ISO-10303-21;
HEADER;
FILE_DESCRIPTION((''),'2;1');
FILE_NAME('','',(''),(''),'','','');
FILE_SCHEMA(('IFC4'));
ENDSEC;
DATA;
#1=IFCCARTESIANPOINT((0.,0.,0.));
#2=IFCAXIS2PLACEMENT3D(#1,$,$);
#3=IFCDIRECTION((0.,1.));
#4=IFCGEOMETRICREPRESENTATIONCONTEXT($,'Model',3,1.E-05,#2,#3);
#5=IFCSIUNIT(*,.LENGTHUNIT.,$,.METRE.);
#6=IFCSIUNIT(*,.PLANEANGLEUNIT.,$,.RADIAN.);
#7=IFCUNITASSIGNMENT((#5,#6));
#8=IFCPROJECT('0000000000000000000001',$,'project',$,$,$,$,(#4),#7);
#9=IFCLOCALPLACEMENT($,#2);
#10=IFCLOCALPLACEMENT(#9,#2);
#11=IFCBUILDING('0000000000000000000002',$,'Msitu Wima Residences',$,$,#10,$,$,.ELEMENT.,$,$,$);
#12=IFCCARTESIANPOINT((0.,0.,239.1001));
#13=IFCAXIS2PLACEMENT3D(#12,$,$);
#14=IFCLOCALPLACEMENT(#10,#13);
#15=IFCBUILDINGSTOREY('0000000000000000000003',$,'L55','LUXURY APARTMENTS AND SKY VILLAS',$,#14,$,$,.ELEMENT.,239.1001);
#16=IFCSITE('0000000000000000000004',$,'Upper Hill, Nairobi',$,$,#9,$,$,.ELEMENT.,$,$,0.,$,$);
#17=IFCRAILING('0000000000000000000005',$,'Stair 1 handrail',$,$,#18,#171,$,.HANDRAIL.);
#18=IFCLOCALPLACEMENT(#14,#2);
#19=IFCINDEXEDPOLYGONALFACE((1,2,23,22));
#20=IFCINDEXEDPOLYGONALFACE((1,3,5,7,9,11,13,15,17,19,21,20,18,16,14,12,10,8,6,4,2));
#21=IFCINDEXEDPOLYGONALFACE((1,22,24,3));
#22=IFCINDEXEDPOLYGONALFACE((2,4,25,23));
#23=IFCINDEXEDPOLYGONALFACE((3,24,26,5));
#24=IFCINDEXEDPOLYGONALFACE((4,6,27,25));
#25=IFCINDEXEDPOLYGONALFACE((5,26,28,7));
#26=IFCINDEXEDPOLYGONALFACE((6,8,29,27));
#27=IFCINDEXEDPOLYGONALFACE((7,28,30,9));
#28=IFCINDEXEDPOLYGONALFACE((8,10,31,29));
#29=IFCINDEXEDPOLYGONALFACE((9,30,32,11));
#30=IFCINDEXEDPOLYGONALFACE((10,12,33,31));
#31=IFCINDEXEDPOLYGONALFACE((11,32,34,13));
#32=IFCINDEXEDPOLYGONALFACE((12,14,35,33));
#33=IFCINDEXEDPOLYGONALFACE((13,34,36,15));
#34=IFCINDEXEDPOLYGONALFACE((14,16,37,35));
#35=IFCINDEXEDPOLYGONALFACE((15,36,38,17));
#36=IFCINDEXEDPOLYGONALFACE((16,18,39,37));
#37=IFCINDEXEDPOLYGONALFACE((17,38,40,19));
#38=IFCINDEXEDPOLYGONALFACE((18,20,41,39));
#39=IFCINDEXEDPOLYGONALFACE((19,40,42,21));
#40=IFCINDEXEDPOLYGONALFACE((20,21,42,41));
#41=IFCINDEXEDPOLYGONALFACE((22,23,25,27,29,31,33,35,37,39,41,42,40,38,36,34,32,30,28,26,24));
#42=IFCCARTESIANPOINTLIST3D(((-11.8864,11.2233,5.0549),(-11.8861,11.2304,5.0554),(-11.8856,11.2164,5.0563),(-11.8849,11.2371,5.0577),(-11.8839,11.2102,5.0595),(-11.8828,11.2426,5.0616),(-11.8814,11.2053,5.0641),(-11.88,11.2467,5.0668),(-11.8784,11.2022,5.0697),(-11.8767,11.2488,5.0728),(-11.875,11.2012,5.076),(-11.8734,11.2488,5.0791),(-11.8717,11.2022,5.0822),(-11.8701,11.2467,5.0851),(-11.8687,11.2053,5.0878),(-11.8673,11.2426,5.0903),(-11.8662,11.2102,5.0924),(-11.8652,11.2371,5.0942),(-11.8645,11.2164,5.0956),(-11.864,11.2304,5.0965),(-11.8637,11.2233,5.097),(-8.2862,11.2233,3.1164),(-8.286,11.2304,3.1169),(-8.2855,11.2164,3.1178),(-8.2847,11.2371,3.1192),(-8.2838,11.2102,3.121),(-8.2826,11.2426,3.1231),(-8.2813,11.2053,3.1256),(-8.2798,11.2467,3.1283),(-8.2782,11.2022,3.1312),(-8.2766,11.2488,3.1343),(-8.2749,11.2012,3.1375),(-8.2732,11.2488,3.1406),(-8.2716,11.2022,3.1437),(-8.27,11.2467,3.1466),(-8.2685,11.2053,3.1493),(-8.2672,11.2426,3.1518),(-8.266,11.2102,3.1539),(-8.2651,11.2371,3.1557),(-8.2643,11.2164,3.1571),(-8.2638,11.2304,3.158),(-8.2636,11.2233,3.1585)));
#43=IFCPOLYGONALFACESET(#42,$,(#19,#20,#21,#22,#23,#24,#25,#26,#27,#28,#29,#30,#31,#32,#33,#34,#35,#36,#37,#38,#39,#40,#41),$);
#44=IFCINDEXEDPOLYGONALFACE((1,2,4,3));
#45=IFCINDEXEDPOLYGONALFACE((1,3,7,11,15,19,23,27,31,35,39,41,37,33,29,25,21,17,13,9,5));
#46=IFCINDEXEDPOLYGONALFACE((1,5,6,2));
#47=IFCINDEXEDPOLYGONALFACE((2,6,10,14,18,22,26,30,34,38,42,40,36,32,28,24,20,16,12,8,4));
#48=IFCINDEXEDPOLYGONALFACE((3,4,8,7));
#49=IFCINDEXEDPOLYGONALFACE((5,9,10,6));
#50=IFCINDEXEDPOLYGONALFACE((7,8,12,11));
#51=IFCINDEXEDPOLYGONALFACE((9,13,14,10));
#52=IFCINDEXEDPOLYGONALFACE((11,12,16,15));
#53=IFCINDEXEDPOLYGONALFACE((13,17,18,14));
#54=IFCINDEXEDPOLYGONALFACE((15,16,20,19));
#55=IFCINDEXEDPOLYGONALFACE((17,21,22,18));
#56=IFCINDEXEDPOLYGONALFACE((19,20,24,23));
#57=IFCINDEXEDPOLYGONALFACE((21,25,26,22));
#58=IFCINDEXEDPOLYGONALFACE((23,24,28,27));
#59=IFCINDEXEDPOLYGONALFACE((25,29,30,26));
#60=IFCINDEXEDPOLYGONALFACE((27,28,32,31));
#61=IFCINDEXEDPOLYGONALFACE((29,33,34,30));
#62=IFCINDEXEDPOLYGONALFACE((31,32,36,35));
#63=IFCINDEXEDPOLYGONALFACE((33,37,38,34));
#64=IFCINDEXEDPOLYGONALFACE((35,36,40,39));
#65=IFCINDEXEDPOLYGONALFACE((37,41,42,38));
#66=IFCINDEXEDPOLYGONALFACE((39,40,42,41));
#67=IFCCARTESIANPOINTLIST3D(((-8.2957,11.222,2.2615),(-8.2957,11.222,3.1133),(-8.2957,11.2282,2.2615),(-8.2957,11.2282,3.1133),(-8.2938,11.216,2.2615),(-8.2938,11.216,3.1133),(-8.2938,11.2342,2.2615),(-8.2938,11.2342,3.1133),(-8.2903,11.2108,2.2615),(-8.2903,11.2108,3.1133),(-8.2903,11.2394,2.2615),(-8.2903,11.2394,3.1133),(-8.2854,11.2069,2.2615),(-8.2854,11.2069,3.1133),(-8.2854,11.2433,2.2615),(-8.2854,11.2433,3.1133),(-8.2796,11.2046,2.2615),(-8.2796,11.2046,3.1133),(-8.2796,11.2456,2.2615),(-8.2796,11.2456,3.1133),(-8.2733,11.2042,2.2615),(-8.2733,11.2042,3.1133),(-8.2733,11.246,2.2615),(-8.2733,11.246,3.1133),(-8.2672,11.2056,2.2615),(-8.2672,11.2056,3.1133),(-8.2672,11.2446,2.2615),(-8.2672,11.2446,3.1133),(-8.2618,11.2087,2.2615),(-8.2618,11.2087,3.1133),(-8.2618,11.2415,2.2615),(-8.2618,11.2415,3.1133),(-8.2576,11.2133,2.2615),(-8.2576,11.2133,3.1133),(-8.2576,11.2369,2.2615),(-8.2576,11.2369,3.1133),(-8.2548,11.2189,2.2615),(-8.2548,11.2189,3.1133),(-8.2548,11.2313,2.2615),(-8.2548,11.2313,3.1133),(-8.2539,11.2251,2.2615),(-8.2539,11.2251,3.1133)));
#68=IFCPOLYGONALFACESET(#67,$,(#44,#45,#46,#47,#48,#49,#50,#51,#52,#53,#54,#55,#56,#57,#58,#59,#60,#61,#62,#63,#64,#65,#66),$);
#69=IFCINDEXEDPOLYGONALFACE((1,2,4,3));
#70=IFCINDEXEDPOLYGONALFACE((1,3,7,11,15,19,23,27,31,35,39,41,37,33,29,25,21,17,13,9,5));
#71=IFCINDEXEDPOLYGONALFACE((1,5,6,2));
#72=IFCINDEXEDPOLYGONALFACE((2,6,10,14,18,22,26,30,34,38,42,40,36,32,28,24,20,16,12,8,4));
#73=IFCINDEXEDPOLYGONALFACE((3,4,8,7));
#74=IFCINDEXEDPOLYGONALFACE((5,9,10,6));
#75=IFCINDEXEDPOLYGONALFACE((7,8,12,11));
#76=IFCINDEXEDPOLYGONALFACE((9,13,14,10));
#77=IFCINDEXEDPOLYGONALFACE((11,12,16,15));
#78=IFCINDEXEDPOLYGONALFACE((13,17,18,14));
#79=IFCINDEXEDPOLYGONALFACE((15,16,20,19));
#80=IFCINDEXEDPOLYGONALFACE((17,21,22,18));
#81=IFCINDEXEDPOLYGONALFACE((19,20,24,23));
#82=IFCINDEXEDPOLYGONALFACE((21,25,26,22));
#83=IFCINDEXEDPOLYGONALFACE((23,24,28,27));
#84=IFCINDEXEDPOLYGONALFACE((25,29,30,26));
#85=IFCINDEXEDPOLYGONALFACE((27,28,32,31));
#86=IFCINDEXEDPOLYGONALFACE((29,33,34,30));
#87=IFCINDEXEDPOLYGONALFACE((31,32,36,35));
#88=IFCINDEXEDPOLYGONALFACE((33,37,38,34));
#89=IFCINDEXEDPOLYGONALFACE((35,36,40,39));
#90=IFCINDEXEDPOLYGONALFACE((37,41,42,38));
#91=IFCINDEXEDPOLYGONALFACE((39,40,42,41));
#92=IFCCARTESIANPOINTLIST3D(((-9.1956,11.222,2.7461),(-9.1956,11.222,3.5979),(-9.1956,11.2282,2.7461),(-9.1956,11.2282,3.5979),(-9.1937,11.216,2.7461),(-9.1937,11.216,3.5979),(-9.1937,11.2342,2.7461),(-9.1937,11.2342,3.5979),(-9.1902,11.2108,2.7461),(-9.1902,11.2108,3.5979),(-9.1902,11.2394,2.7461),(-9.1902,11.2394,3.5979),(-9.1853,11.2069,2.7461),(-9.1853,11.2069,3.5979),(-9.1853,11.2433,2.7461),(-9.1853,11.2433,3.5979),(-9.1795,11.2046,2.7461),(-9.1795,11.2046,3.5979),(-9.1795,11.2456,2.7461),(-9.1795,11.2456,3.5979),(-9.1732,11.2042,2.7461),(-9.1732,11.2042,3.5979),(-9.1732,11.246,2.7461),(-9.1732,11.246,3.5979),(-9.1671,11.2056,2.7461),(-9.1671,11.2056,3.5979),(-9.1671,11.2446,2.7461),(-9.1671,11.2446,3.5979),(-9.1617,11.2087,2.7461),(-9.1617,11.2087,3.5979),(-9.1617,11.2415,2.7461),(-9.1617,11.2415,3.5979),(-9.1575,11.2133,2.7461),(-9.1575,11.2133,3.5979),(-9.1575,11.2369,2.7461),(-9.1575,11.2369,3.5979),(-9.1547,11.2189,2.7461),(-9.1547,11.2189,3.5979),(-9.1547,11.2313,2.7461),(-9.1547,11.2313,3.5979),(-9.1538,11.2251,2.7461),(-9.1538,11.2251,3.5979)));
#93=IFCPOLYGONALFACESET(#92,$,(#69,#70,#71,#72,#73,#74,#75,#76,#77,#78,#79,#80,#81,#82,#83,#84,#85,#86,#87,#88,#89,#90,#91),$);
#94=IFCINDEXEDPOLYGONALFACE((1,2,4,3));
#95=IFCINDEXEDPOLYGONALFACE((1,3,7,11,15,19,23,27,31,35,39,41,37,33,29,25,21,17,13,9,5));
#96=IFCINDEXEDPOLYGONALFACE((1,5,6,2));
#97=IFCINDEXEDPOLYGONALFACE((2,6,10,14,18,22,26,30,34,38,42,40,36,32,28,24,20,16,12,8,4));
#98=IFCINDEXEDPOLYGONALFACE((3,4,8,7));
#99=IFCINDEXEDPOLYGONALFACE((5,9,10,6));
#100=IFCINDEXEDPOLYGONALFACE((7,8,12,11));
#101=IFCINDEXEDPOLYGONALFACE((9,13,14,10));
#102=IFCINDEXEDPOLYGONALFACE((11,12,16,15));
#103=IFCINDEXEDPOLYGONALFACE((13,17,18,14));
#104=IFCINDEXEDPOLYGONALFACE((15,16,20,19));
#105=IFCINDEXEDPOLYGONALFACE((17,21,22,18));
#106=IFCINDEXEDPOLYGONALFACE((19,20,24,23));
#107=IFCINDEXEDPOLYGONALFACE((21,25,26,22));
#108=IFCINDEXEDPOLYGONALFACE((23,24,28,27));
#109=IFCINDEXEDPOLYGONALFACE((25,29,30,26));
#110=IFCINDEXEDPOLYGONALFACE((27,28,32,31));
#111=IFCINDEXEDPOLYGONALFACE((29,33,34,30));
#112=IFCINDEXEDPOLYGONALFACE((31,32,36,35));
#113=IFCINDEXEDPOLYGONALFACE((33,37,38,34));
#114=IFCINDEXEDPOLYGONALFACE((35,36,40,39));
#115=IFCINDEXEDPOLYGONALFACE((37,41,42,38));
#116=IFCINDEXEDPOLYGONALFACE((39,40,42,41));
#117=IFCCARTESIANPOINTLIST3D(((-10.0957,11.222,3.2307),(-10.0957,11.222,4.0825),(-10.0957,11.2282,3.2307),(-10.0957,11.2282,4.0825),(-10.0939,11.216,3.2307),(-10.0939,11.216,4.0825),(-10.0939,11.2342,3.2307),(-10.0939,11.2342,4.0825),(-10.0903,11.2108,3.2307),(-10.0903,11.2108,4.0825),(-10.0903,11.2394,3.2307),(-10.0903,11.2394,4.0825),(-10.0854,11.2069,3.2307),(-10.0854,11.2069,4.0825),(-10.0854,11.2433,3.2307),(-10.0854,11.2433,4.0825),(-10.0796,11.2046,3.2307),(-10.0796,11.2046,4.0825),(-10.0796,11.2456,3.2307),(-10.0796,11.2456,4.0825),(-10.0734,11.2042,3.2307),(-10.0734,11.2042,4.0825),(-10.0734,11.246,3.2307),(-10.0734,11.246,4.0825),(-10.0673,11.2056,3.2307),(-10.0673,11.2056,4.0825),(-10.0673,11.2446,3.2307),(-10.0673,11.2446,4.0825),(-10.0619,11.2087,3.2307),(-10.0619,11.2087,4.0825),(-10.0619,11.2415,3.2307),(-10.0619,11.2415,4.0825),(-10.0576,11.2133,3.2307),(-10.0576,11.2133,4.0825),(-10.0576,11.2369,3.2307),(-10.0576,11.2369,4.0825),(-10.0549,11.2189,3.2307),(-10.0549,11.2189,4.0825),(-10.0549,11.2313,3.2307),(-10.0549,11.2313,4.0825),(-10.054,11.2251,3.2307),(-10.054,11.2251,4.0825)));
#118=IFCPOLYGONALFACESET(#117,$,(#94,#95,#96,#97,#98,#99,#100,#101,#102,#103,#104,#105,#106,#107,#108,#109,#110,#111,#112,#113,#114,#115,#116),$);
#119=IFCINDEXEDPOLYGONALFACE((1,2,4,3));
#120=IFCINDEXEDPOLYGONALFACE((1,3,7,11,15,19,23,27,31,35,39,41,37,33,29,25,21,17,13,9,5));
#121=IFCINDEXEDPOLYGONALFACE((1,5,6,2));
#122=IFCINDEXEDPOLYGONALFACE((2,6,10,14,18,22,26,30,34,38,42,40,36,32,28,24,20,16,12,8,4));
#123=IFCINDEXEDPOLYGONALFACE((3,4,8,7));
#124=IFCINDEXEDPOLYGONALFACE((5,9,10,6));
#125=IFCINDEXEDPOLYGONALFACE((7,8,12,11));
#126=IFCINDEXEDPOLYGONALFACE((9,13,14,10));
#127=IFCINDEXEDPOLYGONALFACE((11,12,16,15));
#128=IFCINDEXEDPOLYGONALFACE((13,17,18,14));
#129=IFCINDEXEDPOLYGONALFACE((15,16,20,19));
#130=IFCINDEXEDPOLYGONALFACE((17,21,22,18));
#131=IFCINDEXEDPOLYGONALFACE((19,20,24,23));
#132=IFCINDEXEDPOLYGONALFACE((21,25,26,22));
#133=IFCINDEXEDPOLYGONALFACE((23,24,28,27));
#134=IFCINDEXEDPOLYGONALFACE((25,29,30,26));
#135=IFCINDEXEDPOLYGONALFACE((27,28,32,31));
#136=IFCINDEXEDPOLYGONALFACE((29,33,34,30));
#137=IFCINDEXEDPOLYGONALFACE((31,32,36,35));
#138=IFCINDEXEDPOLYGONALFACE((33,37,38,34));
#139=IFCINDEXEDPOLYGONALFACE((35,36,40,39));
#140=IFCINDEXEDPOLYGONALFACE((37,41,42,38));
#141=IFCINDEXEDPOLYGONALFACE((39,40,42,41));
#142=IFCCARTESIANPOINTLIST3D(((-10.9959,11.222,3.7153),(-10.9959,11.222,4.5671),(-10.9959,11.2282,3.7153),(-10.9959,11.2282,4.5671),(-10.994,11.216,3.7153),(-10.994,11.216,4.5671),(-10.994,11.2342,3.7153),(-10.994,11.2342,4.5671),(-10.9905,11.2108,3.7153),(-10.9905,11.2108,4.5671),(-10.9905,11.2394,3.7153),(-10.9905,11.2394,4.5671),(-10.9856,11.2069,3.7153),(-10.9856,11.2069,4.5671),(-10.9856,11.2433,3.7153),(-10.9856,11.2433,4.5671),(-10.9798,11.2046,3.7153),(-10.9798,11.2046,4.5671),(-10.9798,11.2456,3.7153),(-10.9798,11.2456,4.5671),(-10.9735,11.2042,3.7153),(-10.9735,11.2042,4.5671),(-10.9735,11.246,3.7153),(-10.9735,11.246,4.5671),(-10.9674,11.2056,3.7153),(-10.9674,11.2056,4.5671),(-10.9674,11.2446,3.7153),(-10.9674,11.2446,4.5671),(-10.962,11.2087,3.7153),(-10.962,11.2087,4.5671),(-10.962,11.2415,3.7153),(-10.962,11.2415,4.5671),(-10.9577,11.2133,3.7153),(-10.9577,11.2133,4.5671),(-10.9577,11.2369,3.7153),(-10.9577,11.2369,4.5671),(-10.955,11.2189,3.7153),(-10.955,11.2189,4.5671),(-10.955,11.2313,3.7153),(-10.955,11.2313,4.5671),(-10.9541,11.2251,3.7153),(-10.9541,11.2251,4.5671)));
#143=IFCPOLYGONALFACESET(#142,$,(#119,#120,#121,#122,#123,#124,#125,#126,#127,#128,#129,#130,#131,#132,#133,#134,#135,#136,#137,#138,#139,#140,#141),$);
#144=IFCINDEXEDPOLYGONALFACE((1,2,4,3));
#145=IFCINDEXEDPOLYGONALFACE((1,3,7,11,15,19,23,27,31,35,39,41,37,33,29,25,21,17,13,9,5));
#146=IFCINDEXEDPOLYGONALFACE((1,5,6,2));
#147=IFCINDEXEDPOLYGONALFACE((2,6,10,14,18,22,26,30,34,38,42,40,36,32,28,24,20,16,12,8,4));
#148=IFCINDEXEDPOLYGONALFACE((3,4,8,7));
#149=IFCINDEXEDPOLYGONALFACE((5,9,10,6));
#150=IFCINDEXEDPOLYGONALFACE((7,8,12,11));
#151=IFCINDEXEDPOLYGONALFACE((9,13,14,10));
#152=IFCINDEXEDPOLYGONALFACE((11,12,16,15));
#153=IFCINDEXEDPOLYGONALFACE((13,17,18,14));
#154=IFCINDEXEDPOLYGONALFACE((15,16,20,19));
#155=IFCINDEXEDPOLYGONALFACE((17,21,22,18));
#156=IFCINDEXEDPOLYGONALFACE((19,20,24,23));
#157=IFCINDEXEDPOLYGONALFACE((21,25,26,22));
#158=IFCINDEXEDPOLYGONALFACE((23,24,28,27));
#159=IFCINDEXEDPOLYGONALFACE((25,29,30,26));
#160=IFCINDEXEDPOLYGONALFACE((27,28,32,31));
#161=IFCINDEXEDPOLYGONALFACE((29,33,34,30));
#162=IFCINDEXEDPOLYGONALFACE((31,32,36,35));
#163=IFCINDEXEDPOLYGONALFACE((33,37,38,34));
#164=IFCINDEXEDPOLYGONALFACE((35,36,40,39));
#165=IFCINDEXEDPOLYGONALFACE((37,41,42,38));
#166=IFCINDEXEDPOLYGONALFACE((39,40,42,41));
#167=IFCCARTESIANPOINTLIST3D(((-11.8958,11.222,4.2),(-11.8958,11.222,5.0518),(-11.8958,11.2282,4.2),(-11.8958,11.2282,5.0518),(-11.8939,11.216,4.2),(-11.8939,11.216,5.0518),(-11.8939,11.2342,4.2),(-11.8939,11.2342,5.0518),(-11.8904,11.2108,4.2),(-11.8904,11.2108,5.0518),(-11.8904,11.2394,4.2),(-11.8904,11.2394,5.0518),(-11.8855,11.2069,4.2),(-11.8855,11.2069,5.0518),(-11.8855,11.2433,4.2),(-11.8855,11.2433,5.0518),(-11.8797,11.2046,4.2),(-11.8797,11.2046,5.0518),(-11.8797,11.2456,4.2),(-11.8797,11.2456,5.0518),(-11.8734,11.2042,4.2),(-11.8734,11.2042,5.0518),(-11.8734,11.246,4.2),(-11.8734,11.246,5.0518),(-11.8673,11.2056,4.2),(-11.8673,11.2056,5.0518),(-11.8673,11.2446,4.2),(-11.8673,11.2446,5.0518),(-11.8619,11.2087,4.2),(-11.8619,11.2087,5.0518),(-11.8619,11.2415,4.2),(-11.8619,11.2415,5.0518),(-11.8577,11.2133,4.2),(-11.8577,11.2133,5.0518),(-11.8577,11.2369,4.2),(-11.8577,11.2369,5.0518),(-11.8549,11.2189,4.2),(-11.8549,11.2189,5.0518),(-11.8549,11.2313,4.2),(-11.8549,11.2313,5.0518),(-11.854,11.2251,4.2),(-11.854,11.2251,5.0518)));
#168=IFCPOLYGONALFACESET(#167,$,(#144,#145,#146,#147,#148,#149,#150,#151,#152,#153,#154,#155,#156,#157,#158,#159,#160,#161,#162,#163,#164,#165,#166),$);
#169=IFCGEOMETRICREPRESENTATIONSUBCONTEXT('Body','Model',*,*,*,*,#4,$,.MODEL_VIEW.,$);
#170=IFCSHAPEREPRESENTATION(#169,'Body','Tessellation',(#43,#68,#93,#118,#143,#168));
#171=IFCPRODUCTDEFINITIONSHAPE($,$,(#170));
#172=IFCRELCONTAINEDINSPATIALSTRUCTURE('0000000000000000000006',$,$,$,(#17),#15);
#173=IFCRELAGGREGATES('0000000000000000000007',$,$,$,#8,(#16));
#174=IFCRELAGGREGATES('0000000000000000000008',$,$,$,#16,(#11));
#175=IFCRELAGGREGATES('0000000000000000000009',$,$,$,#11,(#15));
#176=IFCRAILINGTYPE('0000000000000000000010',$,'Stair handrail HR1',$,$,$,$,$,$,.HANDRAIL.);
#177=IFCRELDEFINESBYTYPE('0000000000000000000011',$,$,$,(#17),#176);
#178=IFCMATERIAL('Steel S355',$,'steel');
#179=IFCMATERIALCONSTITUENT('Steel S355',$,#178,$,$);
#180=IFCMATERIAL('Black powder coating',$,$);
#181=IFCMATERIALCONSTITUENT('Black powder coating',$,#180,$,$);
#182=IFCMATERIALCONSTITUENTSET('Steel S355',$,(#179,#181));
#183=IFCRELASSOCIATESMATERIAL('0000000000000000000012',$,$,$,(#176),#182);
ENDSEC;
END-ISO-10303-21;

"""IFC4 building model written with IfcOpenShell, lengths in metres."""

from ifc_helpers import new_model, si_unit, direction, frame, origin, origin_2d, place, context, subcontext, project, spatial, circle, extrude, material, constituent, constituent_set, type_object, element, save


model = new_model("IFC4")

# Units and contexts
model_context = context("Model", 3, precision=1e-05, world=origin(), true_north=direction((0.0, 1.0)))
body_context = subcontext(model_context, "Body", "Model", "MODEL_VIEW")
ifc_project = project(units=[si_unit("LENGTHUNIT", "METRE"), si_unit("PLANEANGLEUNIT", "RADIAN")], contexts=[model_context])

# Site, building, storey
site_placement = place(None, origin())
site = spatial("IfcSite", under=ifc_project, at=site_placement, Name="Upper Hill, Nairobi", CompositionType="ELEMENT", RefElevation=0.0)
building_placement = place(site_placement, origin())
building = spatial("IfcBuilding", under=site, at=building_placement, Name="Msitu Wima Residences", CompositionType="ELEMENT")
storey_placement = place(building_placement, frame((0.0, 0.0, 239.1001)))
storey = spatial("IfcBuildingStorey", under=building, at=storey_placement, Name="L55", Description="LUXURY APARTMENTS AND SKY VILLAS", CompositionType="ELEMENT", Elevation=239.1001)

# Railing
ifc_material_1 = material(Name="Steel S355", Category="steel")
ifc_constituent_1 = constituent(ifc_material_1, Name="Steel S355")
ifc_material_2 = material(Name="Black powder coating")
ifc_constituent_2 = constituent(ifc_material_2, Name="Black powder coating")
ifc_constituent_set_1 = constituent_set(constituents=[ifc_constituent_1, ifc_constituent_2], Name="Steel S355")
railing_type_1 = type_object("IfcRailingType", Name="Stair handrail HR1", PredefinedType="HANDRAIL", material=ifc_constituent_set_1)
railing_1_placement = place(storey_placement, frame((-8.2749, 11.2251, 2.2615)))
element("IfcRailing", 1, at=railing_1_placement, inside=storey, type_object=railing_type_1, Name="Stair 1 handrail", PredefinedType="HANDRAIL", context=body_context, shape_type="SweptSolid", body=[
    extrude(circle(Radius=0.0239, at=origin_2d()), frame((0.0, 0.0, 0.876), z_axis=(-0.880475, 0.0, 0.474093), x_axis=(0.0, -1.0, 0.0)), (0.0, 0.0, 1.0), 4.0889),
    extrude(circle(Radius=0.021, at=origin_2d()), origin(), (0.0, 0.0, 1.0), 0.8518),
    extrude(circle(Radius=0.021, at=origin_2d()), frame((-0.8999, 0.0, 0.4846)), (0.0, 0.0, 1.0), 0.8518),
    extrude(circle(Radius=0.021, at=origin_2d()), frame((-1.8, 0.0, 0.9692)), (0.0, 0.0, 1.0), 0.8518),
    extrude(circle(Radius=0.021, at=origin_2d()), frame((-2.7002, 0.0, 1.4539)), (0.0, 0.0, 1.0), 0.8518),
    extrude(circle(Radius=0.021, at=origin_2d()), frame((-3.6001, 0.0, 1.9385)), (0.0, 0.0, 1.0), 0.8518),
])

save(model, "model.ifc")
